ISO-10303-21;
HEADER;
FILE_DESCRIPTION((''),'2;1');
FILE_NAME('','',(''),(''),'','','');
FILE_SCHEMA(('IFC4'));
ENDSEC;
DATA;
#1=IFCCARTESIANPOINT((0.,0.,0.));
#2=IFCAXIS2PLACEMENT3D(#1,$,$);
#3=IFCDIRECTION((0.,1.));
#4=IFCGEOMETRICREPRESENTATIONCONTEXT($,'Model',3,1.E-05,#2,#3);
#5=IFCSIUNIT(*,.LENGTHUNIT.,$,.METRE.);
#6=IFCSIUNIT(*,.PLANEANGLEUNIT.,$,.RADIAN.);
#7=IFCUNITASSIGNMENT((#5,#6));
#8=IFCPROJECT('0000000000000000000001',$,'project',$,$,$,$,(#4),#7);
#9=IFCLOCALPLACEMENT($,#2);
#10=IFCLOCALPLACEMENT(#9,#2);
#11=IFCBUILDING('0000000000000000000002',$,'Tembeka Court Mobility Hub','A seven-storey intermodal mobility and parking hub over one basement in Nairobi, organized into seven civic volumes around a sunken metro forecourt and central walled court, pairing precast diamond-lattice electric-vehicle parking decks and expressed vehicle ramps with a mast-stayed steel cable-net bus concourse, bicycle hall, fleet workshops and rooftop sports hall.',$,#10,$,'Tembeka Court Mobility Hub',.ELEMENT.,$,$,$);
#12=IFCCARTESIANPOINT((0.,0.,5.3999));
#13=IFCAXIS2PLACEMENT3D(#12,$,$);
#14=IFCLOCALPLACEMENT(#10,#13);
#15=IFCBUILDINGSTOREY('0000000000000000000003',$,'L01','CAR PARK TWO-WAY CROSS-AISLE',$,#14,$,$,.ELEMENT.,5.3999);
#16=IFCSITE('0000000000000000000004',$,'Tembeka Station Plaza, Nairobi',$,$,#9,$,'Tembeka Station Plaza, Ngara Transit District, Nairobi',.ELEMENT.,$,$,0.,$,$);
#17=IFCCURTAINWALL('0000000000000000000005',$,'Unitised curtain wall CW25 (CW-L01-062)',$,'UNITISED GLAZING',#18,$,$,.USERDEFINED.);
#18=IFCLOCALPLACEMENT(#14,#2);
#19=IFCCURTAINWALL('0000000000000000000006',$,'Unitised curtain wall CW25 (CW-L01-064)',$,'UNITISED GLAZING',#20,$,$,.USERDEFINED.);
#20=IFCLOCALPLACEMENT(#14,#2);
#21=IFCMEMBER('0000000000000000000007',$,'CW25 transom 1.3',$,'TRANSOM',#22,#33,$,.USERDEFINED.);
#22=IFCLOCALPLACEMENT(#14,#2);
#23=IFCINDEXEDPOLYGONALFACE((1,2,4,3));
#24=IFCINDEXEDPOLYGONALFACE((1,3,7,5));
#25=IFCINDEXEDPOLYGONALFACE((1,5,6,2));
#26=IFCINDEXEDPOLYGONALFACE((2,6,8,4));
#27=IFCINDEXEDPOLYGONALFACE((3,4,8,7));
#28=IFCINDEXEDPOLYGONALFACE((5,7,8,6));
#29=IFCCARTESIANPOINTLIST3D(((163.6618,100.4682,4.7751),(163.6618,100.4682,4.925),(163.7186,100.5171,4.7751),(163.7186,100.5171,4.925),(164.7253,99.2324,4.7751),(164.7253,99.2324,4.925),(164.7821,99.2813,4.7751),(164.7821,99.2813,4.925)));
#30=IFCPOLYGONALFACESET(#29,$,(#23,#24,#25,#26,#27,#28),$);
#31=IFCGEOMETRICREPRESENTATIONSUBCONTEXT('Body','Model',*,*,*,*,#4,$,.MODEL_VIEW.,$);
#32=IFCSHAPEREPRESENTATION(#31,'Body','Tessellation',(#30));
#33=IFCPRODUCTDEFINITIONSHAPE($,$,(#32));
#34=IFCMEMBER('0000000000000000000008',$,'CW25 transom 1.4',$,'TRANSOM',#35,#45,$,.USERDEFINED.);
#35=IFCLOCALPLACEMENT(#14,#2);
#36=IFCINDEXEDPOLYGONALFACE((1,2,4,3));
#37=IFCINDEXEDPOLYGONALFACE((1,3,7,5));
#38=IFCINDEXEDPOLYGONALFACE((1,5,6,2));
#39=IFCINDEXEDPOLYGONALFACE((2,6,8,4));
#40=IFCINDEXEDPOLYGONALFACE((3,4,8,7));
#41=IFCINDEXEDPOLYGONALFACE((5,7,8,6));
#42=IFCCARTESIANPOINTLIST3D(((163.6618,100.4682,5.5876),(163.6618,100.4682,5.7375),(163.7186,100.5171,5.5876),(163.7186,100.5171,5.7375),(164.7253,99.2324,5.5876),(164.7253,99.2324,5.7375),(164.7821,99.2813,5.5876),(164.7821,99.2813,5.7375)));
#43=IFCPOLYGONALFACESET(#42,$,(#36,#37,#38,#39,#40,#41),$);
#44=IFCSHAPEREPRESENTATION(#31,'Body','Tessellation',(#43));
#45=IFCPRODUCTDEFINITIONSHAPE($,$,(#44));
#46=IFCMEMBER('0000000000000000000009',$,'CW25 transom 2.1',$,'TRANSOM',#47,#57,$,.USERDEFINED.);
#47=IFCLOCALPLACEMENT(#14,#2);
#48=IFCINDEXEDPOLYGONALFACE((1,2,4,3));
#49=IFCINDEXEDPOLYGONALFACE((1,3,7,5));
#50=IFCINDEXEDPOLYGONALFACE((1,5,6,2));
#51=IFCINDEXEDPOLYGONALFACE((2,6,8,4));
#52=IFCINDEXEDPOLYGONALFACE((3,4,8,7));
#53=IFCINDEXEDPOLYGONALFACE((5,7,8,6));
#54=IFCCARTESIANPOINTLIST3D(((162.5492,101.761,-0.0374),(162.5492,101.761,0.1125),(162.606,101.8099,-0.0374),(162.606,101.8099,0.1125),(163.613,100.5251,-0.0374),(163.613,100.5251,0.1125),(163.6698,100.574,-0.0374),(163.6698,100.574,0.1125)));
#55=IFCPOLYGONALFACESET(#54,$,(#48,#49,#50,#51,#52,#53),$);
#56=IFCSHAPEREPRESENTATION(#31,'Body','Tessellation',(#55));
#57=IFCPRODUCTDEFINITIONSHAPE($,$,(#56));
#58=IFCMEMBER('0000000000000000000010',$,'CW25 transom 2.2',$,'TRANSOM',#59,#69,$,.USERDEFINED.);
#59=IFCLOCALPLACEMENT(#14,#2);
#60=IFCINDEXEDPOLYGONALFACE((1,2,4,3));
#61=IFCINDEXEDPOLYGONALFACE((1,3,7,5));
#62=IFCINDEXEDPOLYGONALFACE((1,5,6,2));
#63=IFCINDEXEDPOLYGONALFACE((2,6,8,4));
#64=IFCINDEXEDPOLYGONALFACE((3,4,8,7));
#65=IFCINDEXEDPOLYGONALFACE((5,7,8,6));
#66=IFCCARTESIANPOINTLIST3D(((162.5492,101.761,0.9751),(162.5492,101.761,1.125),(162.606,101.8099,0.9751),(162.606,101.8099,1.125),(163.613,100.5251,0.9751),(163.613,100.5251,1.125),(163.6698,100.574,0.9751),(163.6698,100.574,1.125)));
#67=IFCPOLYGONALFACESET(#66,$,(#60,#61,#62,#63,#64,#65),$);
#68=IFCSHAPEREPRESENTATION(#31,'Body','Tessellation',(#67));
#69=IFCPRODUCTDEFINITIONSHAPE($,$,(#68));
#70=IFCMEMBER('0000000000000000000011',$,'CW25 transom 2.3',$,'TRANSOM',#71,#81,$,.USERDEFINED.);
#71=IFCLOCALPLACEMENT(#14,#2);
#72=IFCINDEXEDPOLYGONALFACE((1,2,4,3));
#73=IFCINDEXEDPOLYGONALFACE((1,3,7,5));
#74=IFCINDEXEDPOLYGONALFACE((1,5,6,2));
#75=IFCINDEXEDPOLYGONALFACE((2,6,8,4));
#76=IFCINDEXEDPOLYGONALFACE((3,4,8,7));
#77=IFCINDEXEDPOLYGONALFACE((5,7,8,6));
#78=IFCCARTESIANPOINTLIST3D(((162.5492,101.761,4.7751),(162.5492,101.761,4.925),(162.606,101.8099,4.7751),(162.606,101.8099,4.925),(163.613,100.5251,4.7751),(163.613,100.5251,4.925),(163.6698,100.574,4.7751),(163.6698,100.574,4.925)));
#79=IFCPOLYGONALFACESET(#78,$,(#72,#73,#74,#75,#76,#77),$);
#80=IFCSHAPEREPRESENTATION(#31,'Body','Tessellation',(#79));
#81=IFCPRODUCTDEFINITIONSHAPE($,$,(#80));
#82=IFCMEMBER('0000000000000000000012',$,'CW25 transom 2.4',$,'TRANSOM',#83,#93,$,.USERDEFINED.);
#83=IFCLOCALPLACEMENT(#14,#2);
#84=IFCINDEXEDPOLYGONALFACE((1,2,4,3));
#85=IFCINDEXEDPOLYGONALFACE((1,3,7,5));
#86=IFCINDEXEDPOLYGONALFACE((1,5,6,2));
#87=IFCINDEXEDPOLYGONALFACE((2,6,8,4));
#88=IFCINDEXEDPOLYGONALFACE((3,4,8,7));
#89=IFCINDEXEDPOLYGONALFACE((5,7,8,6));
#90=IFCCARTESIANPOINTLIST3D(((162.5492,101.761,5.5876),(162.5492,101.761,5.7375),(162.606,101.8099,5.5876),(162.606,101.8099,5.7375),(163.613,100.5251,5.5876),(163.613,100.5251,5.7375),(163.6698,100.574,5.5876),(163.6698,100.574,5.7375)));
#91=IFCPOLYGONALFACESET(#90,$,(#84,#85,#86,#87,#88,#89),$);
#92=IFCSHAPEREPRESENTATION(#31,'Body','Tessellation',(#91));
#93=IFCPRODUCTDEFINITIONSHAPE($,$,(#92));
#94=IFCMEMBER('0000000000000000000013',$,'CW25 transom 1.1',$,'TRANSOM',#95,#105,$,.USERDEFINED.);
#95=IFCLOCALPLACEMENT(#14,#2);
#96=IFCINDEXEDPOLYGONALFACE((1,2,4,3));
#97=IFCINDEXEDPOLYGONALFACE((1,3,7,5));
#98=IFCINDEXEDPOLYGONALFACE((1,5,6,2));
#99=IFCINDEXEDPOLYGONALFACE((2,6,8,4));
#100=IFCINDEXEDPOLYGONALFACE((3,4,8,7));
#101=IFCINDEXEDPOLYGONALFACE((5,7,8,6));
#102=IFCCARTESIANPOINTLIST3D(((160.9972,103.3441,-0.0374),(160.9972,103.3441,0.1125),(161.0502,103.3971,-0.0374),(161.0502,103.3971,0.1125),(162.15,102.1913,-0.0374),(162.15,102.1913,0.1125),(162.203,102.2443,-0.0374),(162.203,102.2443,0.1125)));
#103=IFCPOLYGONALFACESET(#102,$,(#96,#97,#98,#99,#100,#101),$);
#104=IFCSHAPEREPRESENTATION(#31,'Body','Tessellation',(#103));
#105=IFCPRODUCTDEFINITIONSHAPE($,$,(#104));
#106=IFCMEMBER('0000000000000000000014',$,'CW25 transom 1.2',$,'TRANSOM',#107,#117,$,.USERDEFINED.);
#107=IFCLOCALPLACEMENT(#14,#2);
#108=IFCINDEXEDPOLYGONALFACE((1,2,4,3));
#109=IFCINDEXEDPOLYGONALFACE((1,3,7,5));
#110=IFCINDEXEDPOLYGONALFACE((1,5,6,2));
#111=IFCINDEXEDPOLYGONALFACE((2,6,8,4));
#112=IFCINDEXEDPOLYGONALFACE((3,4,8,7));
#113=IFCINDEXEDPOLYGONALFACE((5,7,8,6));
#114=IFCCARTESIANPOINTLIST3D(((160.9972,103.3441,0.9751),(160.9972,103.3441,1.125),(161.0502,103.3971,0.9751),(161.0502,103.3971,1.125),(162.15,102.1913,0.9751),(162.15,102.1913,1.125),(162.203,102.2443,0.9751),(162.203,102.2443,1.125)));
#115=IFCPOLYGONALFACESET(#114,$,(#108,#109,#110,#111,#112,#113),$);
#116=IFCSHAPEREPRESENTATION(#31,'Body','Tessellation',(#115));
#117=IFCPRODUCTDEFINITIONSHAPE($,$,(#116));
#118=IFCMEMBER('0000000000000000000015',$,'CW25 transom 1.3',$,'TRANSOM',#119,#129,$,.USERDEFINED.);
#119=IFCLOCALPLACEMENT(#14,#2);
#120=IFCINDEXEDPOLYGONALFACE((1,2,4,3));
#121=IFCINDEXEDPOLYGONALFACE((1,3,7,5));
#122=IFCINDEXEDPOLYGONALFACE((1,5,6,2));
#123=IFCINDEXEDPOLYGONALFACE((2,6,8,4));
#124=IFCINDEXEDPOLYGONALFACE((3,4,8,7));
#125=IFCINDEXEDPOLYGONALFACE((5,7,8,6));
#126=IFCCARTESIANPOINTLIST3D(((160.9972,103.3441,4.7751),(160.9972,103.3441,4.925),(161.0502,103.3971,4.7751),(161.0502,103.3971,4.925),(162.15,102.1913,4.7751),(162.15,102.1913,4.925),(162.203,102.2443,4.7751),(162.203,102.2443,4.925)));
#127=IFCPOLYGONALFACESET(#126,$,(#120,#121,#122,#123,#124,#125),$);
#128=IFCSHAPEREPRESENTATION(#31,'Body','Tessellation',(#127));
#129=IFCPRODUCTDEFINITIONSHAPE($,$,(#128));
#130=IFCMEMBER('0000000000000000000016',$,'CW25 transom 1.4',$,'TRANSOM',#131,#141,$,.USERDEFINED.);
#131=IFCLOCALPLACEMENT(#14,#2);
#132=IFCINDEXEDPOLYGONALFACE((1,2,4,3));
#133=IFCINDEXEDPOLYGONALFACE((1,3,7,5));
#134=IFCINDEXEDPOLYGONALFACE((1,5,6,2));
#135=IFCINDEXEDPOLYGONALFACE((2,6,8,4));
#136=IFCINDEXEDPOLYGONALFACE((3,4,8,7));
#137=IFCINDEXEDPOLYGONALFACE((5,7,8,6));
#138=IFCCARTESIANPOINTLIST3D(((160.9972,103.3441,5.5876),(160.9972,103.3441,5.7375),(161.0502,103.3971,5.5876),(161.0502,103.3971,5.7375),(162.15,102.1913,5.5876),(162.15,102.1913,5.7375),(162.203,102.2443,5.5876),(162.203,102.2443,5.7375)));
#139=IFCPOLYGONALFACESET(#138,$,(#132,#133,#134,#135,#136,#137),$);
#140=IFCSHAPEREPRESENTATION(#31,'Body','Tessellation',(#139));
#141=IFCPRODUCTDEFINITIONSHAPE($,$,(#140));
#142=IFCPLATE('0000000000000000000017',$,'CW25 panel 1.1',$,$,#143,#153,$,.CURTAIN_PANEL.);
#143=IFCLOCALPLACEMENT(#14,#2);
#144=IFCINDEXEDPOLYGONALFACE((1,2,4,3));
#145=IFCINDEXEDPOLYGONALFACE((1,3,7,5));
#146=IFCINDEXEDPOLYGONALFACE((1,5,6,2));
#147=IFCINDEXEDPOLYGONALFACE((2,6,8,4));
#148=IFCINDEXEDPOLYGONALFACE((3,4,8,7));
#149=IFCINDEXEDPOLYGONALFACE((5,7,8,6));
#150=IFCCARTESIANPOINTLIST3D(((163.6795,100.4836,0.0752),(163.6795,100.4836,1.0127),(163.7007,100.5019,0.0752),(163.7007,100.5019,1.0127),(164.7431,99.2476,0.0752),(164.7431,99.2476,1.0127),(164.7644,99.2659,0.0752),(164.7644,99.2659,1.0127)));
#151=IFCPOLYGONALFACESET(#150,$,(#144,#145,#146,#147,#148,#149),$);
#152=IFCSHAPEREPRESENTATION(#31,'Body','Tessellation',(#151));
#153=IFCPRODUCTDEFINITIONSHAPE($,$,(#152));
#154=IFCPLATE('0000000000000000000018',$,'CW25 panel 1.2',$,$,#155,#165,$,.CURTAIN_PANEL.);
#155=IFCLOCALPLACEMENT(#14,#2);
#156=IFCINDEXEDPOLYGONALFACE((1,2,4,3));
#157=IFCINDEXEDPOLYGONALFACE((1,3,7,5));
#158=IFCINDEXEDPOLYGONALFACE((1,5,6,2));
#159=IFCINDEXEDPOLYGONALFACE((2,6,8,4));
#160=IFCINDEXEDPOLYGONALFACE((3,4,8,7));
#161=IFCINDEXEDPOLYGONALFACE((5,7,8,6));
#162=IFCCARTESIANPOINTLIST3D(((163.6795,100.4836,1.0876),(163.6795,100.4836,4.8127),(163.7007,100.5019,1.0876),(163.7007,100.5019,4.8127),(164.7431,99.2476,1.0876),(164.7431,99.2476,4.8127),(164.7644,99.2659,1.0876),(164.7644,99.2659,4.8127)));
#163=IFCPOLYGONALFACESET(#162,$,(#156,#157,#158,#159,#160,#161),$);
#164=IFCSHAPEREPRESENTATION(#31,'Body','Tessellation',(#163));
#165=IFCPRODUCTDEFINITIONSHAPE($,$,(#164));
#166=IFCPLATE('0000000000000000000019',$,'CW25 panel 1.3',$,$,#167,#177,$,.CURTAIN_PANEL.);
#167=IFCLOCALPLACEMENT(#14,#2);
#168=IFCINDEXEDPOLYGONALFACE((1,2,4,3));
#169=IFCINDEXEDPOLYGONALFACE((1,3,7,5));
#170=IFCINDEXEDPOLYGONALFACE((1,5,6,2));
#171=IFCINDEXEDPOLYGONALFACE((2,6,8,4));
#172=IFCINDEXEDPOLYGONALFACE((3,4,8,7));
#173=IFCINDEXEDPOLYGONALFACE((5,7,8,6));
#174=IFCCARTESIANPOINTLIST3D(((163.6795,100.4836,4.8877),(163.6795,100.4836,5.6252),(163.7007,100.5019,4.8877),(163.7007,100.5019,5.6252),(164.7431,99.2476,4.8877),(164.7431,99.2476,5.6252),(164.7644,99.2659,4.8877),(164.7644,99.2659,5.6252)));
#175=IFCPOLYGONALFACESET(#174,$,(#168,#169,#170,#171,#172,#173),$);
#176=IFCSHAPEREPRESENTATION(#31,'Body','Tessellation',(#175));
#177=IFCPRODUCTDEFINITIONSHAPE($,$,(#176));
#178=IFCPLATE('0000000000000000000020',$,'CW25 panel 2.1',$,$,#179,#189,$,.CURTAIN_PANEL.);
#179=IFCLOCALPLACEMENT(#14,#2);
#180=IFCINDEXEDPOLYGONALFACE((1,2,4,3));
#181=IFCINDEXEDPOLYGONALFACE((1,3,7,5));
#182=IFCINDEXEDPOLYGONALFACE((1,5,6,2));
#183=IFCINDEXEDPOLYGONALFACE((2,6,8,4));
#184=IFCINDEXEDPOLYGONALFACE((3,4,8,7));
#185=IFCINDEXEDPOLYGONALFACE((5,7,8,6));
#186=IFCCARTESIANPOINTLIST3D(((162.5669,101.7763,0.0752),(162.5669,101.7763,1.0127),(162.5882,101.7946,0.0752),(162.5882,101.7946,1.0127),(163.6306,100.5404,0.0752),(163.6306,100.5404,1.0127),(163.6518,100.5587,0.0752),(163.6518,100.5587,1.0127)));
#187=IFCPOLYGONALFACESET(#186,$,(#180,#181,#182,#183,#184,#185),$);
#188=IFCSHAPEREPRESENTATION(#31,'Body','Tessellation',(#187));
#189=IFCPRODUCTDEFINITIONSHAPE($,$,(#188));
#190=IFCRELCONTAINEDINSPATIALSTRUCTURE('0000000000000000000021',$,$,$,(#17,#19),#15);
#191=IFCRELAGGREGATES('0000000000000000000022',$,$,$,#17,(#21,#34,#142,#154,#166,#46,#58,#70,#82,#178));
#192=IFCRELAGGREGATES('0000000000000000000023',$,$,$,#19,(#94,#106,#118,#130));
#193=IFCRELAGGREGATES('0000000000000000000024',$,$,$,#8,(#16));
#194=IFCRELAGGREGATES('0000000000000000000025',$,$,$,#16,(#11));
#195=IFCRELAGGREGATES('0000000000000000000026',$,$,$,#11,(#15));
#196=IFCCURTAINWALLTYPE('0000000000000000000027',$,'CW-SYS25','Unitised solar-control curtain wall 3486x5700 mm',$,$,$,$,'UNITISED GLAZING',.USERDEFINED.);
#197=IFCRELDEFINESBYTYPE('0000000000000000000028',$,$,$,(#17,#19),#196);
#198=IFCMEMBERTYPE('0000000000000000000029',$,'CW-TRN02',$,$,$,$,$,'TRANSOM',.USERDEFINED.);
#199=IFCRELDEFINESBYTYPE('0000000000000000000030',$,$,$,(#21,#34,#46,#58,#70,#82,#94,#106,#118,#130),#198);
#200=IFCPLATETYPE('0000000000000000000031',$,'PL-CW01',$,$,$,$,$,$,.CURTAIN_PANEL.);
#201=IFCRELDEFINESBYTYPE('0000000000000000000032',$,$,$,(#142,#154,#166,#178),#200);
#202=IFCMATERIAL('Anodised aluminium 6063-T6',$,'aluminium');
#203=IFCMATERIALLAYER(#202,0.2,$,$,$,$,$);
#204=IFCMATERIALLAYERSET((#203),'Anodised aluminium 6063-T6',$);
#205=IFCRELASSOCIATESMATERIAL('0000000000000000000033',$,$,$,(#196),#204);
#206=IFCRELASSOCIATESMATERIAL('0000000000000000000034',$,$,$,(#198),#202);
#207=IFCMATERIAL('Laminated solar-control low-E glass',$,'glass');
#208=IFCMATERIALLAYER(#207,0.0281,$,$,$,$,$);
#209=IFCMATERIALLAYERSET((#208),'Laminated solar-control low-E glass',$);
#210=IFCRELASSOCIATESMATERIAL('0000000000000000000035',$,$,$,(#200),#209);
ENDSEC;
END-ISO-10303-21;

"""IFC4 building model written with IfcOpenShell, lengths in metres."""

from ifc_helpers import new_model, si_unit, direction, frame, origin, origin_2d, place, context, subcontext, project, spatial, rectangle, extrude, material, layer, layer_set, material_profile, profile_set, type_object, element, aggregate, save


model = new_model("IFC4")

# Units and contexts
model_context = context("Model", 3, precision=1e-05, world=origin(), true_north=direction((0.0, 1.0)))
body_context = subcontext(model_context, "Body", "Model", "MODEL_VIEW")
ifc_project = project(units=[si_unit("LENGTHUNIT", "METRE"), si_unit("PLANEANGLEUNIT", "RADIAN")], contexts=[model_context])

# Site, building, storey
site_placement = place(None, origin())
site = spatial("IfcSite", under=ifc_project, at=site_placement, Name="Tembeka Station Plaza, Nairobi", LongName="Tembeka Station Plaza, Ngara Transit District, Nairobi", CompositionType="ELEMENT", RefElevation=0.0)
building_placement = place(site_placement, origin())
building = spatial("IfcBuilding", under=site, at=building_placement, Name="Tembeka Court Mobility Hub", Description="A seven-storey intermodal mobility and parking hub over one basement in Nairobi, organized into seven civic volumes around a sunken metro forecourt and central walled court, pairing precast diamond-lattice electric-vehicle parking decks and expressed vehicle ramps with a mast-stayed steel cable-net bus concourse, bicycle hall, fleet workshops and rooftop sports hall.", LongName="Tembeka Court Mobility Hub", CompositionType="ELEMENT")
storey_placement = place(building_placement, frame((0.0, 0.0, 5.3999)))
storey = spatial("IfcBuildingStorey", under=building, at=storey_placement, Name="L01", Description="CAR PARK TWO-WAY CROSS-AISLE", CompositionType="ELEMENT", Elevation=5.3999)

# Curtain wall
ifc_material_1 = material(Name="Anodised aluminium 6063-T6", Category="aluminium")
ifc_layer_1 = layer(ifc_material_1, 0.2)
ifc_layer_set_1 = layer_set([ifc_layer_1], Name="Anodised aluminium 6063-T6")
curtain_wall_type = type_object("IfcCurtainWallType", Name="CW-SYS25", Description="Unitised solar-control curtain wall 3486x5700 mm", ElementType="UNITISED GLAZING", PredefinedType="USERDEFINED", material=ifc_layer_set_1)
curtain_wall_1_placement = place(storey_placement, origin())
curtain_wall_1 = element("IfcCurtainWall", 1, at=curtain_wall_1_placement, inside=storey, type_object=curtain_wall_type, Name="Unitised curtain wall CW25 (CW-L01-062)", ObjectType="UNITISED GLAZING", PredefinedType="USERDEFINED")

# Curtain wall
curtain_wall_2_placement = place(storey_placement, origin())
curtain_wall_2 = element("IfcCurtainWall", 2, at=curtain_wall_2_placement, inside=storey, type_object=curtain_wall_type, Name="Unitised curtain wall CW25 (CW-L01-064)", ObjectType="UNITISED GLAZING", PredefinedType="USERDEFINED")

# Members
ifc_material_profile_1 = material_profile(ifc_material_1, rectangle(XDim=0.075, YDim=0.1499, at=origin_2d()), Name="ALU-TRN 75x150")
ifc_profile_set_1 = profile_set([ifc_material_profile_1], Name="Anodised aluminium 6063-T6")
member_type_1 = type_object("IfcMemberType", Name="CW-TRN02", ElementType="TRANSOM", PredefinedType="USERDEFINED", material=ifc_profile_set_1)
member_1_placement = place(storey_placement, frame((164.7537, 99.2568, 4.8501), z_axis=(-0.65227, 0.757987, 0.0), x_axis=(-0.757987, -0.65227, 0.0)))
member_1 = element("IfcMember", 3, at=member_1_placement, type_object=member_type_1, Name="CW25 transom 1.3", ObjectType="TRANSOM", PredefinedType="USERDEFINED", context=body_context, shape_type="SweptSolid", body=[
    extrude(rectangle(XDim=0.075, YDim=0.1499, at=origin_2d()), origin(), (0.0, 0.0, 1.0), 1.6304),
])
member_2_placement = place(storey_placement, frame((164.7537, 99.2568, 5.6626), z_axis=(-0.65227, 0.757987, 0.0), x_axis=(-0.757987, -0.65227, 0.0)))
member_2 = element("IfcMember", 4, at=member_2_placement, type_object=member_type_1, Name="CW25 transom 1.4", ObjectType="TRANSOM", PredefinedType="USERDEFINED", context=body_context, shape_type="SweptSolid", body=[
    extrude(rectangle(XDim=0.075, YDim=0.1499, at=origin_2d()), origin(), (0.0, 0.0, 1.0), 1.6304),
])
member_3_placement = place(storey_placement, frame((163.6414, 100.5496, 0.0376), z_axis=(-0.652356, 0.757913, 0.0), x_axis=(-0.757913, -0.652356, 0.0)))
member_3 = element("IfcMember", 5, at=member_3_placement, type_object=member_type_1, Name="CW25 transom 2.1", ObjectType="TRANSOM", PredefinedType="USERDEFINED", context=body_context, shape_type="SweptSolid", body=[
    extrude(rectangle(XDim=0.075, YDim=0.1499, at=origin_2d()), origin(), (0.0, 0.0, 1.0), 1.6306),
])
member_4_placement = place(storey_placement, frame((163.6414, 100.5496, 1.05), z_axis=(-0.652356, 0.757913, 0.0), x_axis=(-0.757913, -0.652356, 0.0)))
member_4 = element("IfcMember", 6, at=member_4_placement, type_object=member_type_1, Name="CW25 transom 2.2", ObjectType="TRANSOM", PredefinedType="USERDEFINED", context=body_context, shape_type="SweptSolid", body=[
    extrude(rectangle(XDim=0.075, YDim=0.1499, at=origin_2d()), origin(), (0.0, 0.0, 1.0), 1.6306),
])
member_5_placement = place(storey_placement, frame((163.6414, 100.5496, 4.8501), z_axis=(-0.652356, 0.757913, 0.0), x_axis=(-0.757913, -0.652356, 0.0)))
member_5 = element("IfcMember", 7, at=member_5_placement, type_object=member_type_1, Name="CW25 transom 2.3", ObjectType="TRANSOM", PredefinedType="USERDEFINED", context=body_context, shape_type="SweptSolid", body=[
    extrude(rectangle(XDim=0.075, YDim=0.1499, at=origin_2d()), origin(), (0.0, 0.0, 1.0), 1.6306),
])
member_6_placement = place(storey_placement, frame((163.6414, 100.5496, 5.6626), z_axis=(-0.652356, 0.757913, 0.0), x_axis=(-0.757913, -0.652356, 0.0)))
member_6 = element("IfcMember", 8, at=member_6_placement, type_object=member_type_1, Name="CW25 transom 2.4", ObjectType="TRANSOM", PredefinedType="USERDEFINED", context=body_context, shape_type="SweptSolid", body=[
    extrude(rectangle(XDim=0.075, YDim=0.1499, at=origin_2d()), origin(), (0.0, 0.0, 1.0), 1.6306),
])
member_7_placement = place(storey_placement, frame((162.1765, 102.2178, 0.0376), z_axis=(-0.707107, 0.707107, 0.0), x_axis=(-0.707107, -0.707107, 0.0)))
member_7 = element("IfcMember", 9, at=member_7_placement, type_object=member_type_1, Name="CW25 transom 1.1", ObjectType="TRANSOM", PredefinedType="USERDEFINED", context=body_context, shape_type="SweptSolid", body=[
    extrude(rectangle(XDim=0.075, YDim=0.1499, at=origin_2d()), origin(), (0.0, 0.0, 1.0), 1.6304),
])
member_8_placement = place(storey_placement, frame((162.1765, 102.2178, 1.05), z_axis=(-0.707107, 0.707107, 0.0), x_axis=(-0.707107, -0.707107, 0.0)))
member_8 = element("IfcMember", 10, at=member_8_placement, type_object=member_type_1, Name="CW25 transom 1.2", ObjectType="TRANSOM", PredefinedType="USERDEFINED", context=body_context, shape_type="SweptSolid", body=[
    extrude(rectangle(XDim=0.075, YDim=0.1499, at=origin_2d()), origin(), (0.0, 0.0, 1.0), 1.6304),
])
member_9_placement = place(storey_placement, frame((162.1765, 102.2178, 4.8501), z_axis=(-0.707107, 0.707107, 0.0), x_axis=(-0.707107, -0.707107, 0.0)))
member_9 = element("IfcMember", 11, at=member_9_placement, type_object=member_type_1, Name="CW25 transom 1.3", ObjectType="TRANSOM", PredefinedType="USERDEFINED", context=body_context, shape_type="SweptSolid", body=[
    extrude(rectangle(XDim=0.075, YDim=0.1499, at=origin_2d()), origin(), (0.0, 0.0, 1.0), 1.6304),
])
member_10_placement = place(storey_placement, frame((162.1765, 102.2178, 5.6626), z_axis=(-0.707107, 0.707107, 0.0), x_axis=(-0.707107, -0.707107, 0.0)))
member_10 = element("IfcMember", 12, at=member_10_placement, type_object=member_type_1, Name="CW25 transom 1.4", ObjectType="TRANSOM", PredefinedType="USERDEFINED", context=body_context, shape_type="SweptSolid", body=[
    extrude(rectangle(XDim=0.075, YDim=0.1499, at=origin_2d()), origin(), (0.0, 0.0, 1.0), 1.6304),
])

# Plates
ifc_material_2 = material(Name="Laminated solar-control low-E glass", Category="glass")
ifc_layer_2 = layer(ifc_material_2, 0.0281)
ifc_layer_set_2 = layer_set([ifc_layer_2], Name="Laminated solar-control low-E glass")
plate_type_1 = type_object("IfcPlateType", Name="PL-CW01", PredefinedType="CURTAIN_PANEL", material=ifc_layer_set_2)
plate_1_placement = place(storey_placement, frame((164.2219, 99.8748, 0.0752), z_axis=(0.0, 0.0, 1.0), x_axis=(-0.652307, 0.757955, 0.0)))
plate_1 = element("IfcPlate", 13, at=plate_1_placement, type_object=plate_type_1, Name="CW25 panel 1.1", PredefinedType="CURTAIN_PANEL", context=body_context, shape_type="SweptSolid", body=[
    extrude(rectangle(XDim=1.6306, YDim=0.0281, at=origin_2d()), origin(), (0.0, 0.0, 1.0), 0.9375),
])
plate_2_placement = place(storey_placement, frame((164.2219, 99.8748, 1.0876), z_axis=(0.0, 0.0, 1.0), x_axis=(-0.652307, 0.757955, 0.0)))
plate_2 = element("IfcPlate", 14, at=plate_2_placement, type_object=plate_type_1, Name="CW25 panel 1.2", PredefinedType="CURTAIN_PANEL", context=body_context, shape_type="SweptSolid", body=[
    extrude(rectangle(XDim=1.6306, YDim=0.0281, at=origin_2d()), origin(), (0.0, 0.0, 1.0), 3.7251),
])
plate_3_placement = place(storey_placement, frame((164.2219, 99.8748, 4.8877), z_axis=(0.0, 0.0, 1.0), x_axis=(-0.652307, 0.757955, 0.0)))
plate_3 = element("IfcPlate", 15, at=plate_3_placement, type_object=plate_type_1, Name="CW25 panel 1.3", PredefinedType="CURTAIN_PANEL", context=body_context, shape_type="SweptSolid", body=[
    extrude(rectangle(XDim=1.6306, YDim=0.0281, at=origin_2d()), origin(), (0.0, 0.0, 1.0), 0.7375),
])
plate_4_placement = place(storey_placement, frame((163.1094, 101.1675, 0.0752), z_axis=(0.0, 0.0, 1.0), x_axis=(-0.652307, 0.757955, 0.0)))
plate_4 = element("IfcPlate", 16, at=plate_4_placement, type_object=plate_type_1, Name="CW25 panel 2.1", PredefinedType="CURTAIN_PANEL", context=body_context, shape_type="SweptSolid", body=[
    extrude(rectangle(XDim=1.6306, YDim=0.0281, at=origin_2d()), origin(), (0.0, 0.0, 1.0), 0.9375),
])
aggregate(curtain_wall_1, [member_1, member_2, plate_1, plate_2, plate_3, member_3, member_4, member_5, member_6, plate_4])
aggregate(curtain_wall_2, [member_7, member_8, member_9, member_10])

save(model, "model.ifc")
